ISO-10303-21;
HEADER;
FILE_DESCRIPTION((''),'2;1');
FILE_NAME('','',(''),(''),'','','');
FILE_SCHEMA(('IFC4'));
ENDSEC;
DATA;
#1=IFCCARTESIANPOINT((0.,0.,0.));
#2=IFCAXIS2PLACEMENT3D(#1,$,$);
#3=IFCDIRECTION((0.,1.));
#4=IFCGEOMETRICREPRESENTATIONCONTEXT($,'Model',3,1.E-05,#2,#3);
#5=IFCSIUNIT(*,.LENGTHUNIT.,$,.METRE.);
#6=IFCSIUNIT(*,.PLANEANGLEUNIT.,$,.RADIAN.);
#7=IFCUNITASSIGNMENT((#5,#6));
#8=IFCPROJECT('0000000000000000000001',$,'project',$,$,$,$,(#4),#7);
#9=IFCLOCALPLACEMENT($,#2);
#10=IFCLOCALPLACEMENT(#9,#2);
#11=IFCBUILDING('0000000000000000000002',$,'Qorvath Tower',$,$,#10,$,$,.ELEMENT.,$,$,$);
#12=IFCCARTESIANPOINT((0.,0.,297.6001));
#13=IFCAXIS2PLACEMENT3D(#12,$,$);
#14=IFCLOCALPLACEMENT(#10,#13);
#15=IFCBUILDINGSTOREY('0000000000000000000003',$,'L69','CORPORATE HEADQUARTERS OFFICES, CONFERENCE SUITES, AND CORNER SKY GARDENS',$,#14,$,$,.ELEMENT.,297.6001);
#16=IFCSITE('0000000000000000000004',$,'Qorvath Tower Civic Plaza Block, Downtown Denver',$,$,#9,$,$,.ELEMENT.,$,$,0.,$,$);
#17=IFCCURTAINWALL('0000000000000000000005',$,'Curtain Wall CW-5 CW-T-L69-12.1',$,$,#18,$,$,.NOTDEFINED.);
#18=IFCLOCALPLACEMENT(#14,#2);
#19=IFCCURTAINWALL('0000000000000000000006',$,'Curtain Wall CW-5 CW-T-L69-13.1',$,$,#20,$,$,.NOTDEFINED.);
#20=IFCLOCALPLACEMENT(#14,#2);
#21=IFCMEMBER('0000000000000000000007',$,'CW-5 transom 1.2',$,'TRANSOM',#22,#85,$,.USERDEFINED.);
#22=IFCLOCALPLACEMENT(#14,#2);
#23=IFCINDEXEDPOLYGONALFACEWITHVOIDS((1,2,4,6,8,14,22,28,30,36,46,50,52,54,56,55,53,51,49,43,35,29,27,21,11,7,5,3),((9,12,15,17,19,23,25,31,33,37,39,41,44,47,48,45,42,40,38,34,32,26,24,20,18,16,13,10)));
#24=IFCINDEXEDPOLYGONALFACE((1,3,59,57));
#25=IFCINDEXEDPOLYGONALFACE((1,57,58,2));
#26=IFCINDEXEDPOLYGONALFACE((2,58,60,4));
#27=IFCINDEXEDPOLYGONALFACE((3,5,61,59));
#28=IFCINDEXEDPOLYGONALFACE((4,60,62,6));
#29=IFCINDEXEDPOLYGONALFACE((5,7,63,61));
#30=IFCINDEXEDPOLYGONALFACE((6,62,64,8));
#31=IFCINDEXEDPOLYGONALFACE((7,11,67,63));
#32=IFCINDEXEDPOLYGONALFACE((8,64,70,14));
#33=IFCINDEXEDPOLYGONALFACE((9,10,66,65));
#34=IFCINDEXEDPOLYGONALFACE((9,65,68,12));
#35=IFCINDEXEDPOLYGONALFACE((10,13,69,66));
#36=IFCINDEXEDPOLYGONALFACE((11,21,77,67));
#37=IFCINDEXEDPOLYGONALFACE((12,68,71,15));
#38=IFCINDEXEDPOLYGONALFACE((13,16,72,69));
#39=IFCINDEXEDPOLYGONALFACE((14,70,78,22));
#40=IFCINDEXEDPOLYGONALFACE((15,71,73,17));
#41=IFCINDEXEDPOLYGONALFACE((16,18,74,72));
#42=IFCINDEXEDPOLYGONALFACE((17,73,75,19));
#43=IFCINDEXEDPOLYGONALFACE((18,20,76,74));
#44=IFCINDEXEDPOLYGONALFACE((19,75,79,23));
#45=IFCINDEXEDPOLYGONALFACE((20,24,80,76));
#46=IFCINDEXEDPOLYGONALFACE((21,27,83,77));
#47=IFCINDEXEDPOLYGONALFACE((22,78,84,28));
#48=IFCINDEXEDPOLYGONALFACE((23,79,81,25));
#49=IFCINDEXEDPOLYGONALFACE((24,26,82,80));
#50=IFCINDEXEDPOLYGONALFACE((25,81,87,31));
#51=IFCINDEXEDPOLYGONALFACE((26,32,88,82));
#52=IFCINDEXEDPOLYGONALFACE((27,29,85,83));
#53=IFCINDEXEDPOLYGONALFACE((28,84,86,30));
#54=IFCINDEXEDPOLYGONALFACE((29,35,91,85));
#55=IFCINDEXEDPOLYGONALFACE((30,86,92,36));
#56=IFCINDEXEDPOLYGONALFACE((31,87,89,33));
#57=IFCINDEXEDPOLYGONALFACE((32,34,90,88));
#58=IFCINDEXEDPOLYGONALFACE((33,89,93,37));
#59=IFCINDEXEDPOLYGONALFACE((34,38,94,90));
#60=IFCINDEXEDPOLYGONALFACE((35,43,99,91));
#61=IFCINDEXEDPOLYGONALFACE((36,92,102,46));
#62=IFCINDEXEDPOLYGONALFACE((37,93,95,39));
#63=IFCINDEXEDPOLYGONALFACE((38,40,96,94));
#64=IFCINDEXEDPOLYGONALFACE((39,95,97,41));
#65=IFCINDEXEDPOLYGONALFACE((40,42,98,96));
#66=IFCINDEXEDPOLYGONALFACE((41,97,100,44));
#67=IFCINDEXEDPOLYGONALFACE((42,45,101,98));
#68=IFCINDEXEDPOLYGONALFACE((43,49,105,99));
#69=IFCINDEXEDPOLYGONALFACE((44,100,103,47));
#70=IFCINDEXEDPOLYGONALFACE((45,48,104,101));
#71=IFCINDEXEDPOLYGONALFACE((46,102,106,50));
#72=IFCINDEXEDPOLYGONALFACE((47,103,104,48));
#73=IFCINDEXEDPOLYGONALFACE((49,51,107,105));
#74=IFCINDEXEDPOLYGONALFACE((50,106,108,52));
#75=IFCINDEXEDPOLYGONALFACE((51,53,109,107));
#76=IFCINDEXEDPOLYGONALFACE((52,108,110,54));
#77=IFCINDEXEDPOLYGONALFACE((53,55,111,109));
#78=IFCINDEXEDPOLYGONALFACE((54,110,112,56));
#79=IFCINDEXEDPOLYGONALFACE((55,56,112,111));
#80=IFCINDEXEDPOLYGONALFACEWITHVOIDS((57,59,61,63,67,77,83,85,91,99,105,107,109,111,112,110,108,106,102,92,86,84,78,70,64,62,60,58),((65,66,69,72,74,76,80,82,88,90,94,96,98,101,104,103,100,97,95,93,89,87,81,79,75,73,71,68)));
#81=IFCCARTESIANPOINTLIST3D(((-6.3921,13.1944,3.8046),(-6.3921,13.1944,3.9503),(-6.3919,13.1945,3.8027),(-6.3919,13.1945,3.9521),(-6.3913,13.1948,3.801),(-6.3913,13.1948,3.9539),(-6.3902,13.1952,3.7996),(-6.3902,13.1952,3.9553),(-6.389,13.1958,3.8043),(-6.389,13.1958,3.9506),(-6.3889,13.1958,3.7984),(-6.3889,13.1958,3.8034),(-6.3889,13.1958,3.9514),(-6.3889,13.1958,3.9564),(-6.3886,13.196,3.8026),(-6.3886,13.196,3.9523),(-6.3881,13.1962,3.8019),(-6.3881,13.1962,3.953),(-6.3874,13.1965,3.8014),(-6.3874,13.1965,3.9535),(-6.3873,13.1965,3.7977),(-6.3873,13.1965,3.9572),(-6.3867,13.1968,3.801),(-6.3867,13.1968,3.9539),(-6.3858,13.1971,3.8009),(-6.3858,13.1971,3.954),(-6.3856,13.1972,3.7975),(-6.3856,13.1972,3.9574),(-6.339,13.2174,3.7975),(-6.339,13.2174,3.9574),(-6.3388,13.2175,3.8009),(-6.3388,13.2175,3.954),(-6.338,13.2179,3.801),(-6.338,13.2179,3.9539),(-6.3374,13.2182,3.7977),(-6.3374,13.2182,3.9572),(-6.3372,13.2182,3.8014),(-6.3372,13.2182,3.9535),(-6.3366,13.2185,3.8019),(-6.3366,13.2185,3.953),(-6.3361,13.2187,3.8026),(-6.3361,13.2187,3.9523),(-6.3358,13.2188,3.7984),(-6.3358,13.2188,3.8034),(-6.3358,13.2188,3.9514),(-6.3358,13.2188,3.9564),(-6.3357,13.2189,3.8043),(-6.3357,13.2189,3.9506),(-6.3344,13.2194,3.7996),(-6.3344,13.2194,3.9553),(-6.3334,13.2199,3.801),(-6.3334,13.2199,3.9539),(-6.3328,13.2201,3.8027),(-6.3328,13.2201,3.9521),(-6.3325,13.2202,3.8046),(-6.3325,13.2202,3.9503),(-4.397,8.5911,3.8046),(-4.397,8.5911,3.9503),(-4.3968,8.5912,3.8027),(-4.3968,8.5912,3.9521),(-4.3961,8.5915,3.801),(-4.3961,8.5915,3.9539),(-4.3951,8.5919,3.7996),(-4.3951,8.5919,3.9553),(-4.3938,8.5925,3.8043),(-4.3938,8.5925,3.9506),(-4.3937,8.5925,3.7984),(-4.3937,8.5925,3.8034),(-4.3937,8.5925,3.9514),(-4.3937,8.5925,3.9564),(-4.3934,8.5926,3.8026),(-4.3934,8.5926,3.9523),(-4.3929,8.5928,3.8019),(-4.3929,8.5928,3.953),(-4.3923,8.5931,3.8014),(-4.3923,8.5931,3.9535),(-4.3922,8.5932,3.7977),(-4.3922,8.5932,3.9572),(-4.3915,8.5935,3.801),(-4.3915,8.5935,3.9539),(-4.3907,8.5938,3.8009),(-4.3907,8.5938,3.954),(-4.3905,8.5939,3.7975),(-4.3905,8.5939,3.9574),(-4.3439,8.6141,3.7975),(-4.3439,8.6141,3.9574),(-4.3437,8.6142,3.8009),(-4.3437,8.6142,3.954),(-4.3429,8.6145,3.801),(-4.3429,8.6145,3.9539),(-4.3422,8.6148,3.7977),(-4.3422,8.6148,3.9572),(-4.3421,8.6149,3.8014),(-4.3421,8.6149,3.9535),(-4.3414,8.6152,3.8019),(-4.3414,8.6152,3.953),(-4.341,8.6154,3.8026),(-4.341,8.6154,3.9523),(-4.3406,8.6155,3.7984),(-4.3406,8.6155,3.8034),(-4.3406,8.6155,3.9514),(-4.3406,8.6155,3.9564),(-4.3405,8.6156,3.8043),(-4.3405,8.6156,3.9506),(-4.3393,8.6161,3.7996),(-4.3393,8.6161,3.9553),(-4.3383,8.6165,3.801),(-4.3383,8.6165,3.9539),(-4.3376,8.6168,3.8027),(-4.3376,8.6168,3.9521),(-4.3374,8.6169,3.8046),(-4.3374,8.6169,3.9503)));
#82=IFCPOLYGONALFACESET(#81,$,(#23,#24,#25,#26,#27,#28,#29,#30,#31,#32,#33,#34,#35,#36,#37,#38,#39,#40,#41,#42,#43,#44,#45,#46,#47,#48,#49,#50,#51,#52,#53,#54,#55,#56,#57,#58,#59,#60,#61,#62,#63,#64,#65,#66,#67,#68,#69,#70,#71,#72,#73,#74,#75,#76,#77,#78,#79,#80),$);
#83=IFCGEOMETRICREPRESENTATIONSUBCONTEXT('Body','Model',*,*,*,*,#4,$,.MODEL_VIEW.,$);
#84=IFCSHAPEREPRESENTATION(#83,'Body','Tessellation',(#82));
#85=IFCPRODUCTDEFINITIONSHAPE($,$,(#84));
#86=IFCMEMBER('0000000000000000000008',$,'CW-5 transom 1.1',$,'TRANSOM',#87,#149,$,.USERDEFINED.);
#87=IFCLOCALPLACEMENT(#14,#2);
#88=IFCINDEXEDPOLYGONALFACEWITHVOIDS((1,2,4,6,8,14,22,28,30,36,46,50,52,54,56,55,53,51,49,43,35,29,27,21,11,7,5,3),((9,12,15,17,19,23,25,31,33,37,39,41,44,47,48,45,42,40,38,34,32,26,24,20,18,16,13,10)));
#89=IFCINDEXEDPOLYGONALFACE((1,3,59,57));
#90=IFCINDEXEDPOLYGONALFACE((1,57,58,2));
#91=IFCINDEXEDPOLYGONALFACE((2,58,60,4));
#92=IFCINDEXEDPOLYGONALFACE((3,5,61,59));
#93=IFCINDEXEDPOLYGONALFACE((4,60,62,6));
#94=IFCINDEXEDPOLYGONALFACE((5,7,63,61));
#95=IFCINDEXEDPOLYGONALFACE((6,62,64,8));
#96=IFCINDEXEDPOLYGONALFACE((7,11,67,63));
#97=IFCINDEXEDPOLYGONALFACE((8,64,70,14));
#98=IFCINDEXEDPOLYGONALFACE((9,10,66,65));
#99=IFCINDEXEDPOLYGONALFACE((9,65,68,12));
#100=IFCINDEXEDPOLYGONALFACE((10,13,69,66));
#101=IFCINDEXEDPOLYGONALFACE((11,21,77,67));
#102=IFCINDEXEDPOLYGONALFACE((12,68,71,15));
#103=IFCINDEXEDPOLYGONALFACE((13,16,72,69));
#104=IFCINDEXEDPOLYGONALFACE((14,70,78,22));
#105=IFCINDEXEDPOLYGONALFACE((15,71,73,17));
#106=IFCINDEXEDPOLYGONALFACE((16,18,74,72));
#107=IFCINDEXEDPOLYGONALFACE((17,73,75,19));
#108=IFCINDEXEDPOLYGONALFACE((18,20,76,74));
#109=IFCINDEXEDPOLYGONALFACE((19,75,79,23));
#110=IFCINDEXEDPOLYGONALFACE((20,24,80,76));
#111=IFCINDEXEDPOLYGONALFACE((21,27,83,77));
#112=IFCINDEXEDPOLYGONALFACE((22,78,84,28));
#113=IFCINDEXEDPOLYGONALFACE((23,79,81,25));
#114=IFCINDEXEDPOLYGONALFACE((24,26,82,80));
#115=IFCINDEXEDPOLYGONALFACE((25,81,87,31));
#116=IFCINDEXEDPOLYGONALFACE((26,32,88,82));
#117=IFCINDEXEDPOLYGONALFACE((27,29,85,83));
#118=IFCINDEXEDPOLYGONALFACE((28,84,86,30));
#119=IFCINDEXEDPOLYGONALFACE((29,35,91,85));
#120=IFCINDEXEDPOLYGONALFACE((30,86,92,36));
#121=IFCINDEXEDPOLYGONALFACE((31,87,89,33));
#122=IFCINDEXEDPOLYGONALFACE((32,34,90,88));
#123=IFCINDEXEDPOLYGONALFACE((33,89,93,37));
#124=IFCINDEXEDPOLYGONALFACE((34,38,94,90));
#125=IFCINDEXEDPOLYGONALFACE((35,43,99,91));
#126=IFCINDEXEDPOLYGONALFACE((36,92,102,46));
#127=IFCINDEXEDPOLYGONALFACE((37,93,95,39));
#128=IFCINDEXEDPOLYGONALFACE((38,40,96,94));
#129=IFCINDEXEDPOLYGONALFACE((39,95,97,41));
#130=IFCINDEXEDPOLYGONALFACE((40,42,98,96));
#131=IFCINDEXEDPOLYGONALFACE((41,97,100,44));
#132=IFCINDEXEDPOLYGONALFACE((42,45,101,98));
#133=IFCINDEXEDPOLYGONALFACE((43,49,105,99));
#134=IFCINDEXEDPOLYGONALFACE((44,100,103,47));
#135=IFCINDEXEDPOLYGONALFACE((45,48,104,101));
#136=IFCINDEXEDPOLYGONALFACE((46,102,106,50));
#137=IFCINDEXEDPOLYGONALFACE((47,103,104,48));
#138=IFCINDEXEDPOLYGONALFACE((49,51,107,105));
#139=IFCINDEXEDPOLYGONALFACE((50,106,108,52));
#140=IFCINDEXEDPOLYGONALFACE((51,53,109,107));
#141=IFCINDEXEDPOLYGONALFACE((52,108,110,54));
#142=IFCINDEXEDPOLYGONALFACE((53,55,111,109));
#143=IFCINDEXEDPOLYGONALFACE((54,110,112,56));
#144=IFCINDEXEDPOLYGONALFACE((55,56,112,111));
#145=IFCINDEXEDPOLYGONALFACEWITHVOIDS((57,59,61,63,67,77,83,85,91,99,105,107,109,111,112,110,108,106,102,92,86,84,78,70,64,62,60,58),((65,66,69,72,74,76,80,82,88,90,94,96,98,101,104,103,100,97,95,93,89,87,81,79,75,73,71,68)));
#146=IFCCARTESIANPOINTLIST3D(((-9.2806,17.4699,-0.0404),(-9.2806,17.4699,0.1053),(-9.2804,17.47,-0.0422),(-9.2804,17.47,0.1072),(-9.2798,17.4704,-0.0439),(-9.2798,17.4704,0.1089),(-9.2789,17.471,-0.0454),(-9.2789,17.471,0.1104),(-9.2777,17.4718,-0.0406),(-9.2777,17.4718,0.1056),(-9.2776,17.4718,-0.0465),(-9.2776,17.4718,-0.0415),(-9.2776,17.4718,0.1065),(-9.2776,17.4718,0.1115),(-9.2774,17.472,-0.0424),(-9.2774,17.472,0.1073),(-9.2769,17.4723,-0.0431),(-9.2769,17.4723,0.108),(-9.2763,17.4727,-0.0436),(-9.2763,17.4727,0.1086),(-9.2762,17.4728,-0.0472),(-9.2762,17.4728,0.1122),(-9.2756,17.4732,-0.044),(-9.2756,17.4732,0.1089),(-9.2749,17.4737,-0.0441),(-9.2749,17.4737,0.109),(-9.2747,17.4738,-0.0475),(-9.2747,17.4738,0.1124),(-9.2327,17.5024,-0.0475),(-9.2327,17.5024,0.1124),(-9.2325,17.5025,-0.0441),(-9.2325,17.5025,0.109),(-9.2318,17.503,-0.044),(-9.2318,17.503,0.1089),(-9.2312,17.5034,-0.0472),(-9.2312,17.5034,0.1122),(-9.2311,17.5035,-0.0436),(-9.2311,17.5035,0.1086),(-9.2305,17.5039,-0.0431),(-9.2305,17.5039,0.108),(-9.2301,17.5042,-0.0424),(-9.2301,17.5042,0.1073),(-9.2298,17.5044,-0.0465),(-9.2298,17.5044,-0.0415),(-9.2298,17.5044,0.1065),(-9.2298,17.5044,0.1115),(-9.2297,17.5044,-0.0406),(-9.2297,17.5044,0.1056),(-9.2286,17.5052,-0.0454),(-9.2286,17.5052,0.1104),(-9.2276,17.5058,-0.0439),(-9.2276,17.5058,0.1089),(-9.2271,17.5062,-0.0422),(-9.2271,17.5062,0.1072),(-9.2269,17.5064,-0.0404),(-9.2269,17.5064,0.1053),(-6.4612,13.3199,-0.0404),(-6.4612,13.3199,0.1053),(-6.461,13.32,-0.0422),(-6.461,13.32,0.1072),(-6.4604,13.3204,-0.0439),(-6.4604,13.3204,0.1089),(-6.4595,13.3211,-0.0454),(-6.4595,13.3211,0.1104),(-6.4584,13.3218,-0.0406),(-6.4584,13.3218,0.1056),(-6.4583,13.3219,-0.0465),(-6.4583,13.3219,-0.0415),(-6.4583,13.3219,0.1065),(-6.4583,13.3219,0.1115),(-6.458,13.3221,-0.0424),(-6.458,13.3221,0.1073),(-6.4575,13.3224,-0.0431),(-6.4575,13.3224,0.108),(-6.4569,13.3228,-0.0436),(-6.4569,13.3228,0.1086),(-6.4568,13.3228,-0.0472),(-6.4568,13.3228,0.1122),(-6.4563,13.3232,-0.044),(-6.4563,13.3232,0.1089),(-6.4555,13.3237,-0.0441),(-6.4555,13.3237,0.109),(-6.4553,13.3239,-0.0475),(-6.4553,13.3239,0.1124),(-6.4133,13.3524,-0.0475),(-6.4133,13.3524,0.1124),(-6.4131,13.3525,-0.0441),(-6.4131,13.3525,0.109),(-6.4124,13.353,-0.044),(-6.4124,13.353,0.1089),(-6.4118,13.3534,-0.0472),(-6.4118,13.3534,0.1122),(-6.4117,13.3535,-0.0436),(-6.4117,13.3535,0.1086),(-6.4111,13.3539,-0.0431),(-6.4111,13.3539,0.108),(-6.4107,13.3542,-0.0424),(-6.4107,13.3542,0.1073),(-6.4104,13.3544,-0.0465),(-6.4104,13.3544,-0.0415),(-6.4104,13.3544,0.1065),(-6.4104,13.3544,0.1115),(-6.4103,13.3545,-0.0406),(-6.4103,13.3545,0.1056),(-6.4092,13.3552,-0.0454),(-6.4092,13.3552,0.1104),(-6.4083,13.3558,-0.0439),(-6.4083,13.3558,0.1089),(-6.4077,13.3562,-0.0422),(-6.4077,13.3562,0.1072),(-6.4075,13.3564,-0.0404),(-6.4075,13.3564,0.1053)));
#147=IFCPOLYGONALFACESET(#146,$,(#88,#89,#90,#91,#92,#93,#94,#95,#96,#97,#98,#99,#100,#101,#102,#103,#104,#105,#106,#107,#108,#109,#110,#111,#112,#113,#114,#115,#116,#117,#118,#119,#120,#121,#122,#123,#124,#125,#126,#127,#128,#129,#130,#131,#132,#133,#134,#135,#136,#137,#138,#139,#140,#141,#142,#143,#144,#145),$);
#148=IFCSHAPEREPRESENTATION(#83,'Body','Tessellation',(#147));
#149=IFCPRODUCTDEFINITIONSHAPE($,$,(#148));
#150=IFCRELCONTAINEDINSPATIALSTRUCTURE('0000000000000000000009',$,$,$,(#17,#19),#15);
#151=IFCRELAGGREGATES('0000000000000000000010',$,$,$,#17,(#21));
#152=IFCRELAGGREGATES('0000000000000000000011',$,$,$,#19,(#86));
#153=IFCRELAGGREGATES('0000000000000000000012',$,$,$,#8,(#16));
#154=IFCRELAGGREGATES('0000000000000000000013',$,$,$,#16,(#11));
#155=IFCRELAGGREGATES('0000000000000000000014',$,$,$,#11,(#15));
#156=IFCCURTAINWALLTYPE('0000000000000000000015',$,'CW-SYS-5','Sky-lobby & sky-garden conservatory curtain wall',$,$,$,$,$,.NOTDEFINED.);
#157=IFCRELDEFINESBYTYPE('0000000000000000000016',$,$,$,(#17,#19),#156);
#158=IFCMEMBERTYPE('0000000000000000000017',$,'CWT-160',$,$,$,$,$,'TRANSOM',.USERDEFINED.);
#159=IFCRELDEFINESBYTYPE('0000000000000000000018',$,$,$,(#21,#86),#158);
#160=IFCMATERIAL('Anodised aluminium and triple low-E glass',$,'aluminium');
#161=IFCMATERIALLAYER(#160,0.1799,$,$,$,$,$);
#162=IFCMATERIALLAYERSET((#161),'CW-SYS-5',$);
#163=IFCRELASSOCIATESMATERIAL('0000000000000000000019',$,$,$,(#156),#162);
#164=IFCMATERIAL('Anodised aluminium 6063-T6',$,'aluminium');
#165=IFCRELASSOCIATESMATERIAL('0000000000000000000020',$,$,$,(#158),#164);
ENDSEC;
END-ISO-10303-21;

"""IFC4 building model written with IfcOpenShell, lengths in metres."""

from ifc_helpers import new_model, si_unit, direction, frame, origin, origin_2d, place, context, subcontext, project, spatial, hollow_rectangle, extrude, material, layer, layer_set, material_profile, profile_set, type_object, element, aggregate, save


model = new_model("IFC4")

# Units and contexts
model_context = context("Model", 3, precision=1e-05, world=origin(), true_north=direction((0.0, 1.0)))
body_context = subcontext(model_context, "Body", "Model", "MODEL_VIEW")
ifc_project = project(units=[si_unit("LENGTHUNIT", "METRE"), si_unit("PLANEANGLEUNIT", "RADIAN")], contexts=[model_context])

# Site, building, storey
site_placement = place(None, origin())
site = spatial("IfcSite", under=ifc_project, at=site_placement, Name="Qorvath Tower Civic Plaza Block, Downtown Denver", CompositionType="ELEMENT", RefElevation=0.0)
building_placement = place(site_placement, origin())
building = spatial("IfcBuilding", under=site, at=building_placement, Name="Qorvath Tower", CompositionType="ELEMENT")
storey_placement = place(building_placement, frame((0.0, 0.0, 297.6001)))
storey = spatial("IfcBuildingStorey", under=building, at=storey_placement, Name="L69", Description="CORPORATE HEADQUARTERS OFFICES, CONFERENCE SUITES, AND CORNER SKY GARDENS", CompositionType="ELEMENT", Elevation=297.6001)

# Curtain walls
ifc_material_1 = material(Name="Anodised aluminium and triple low-E glass", Category="aluminium")
ifc_layer_1 = layer(ifc_material_1, 0.1799)
ifc_layer_set_1 = layer_set([ifc_layer_1], Name="CW-SYS-5")
curtain_wall_type = type_object("IfcCurtainWallType", Name="CW-SYS-5", Description="Sky-lobby & sky-garden conservatory curtain wall", PredefinedType="NOTDEFINED", material=ifc_layer_set_1)
curtain_wall_1_placement = place(storey_placement, origin())
curtain_wall_1 = element("IfcCurtainWall", 1, at=curtain_wall_1_placement, inside=storey, type_object=curtain_wall_type, Name="Curtain Wall CW-5 CW-T-L69-12.1", PredefinedType="NOTDEFINED")
curtain_wall_2_placement = place(storey_placement, origin())
curtain_wall_2 = element("IfcCurtainWall", 2, at=curtain_wall_2_placement, inside=storey, type_object=curtain_wall_type, Name="Curtain Wall CW-5 CW-T-L69-13.1", PredefinedType="NOTDEFINED")

# Members
ifc_material_2 = material(Name="Anodised aluminium 6063-T6", Category="aluminium")
ifc_material_profile_1 = material_profile(ifc_material_2, hollow_rectangle(XDim=0.0649, YDim=0.1599, WallThickness=0.0034, InnerFilletRadius=0.0034, OuterFilletRadius=0.0071, at=origin_2d()), Name="CWT 160x65")
ifc_profile_set_1 = profile_set([ifc_material_profile_1], Name="Anodised aluminium 6063-T6")
member_type_1 = type_object("IfcMemberType", Name="CWT-160", ElementType="TRANSOM", PredefinedType="USERDEFINED", material=ifc_profile_set_1)
member_1_placement = place(storey_placement, frame((-4.3672, 8.604, 3.8774), z_axis=(-0.397669, 0.917529, 0.0), x_axis=(-0.917529, -0.397669, 0.0)))
member_1 = element("IfcMember", 3, at=member_1_placement, type_object=member_type_1, Name="CW-5 transom 1.2", ObjectType="TRANSOM", PredefinedType="USERDEFINED", context=body_context, shape_type="SweptSolid", body=[
    extrude(hollow_rectangle(XDim=0.0649, YDim=0.1599, WallThickness=0.0034, InnerFilletRadius=0.0034, OuterFilletRadius=0.0071, at=origin_2d()), origin(), (0.0, 0.0, 1.0), 5.0171),
])
member_2_placement = place(storey_placement, frame((-6.4343, 13.3381, 0.0325), z_axis=(-0.561956, 0.827167, 0.0), x_axis=(-0.827167, -0.561956, 0.0)))
member_2 = element("IfcMember", 4, at=member_2_placement, type_object=member_type_1, Name="CW-5 transom 1.1", ObjectType="TRANSOM", PredefinedType="USERDEFINED", context=body_context, shape_type="SweptSolid", body=[
    extrude(hollow_rectangle(XDim=0.0649, YDim=0.1599, WallThickness=0.0034, InnerFilletRadius=0.0034, OuterFilletRadius=0.0071, at=origin_2d()), origin(), (0.0, 0.0, 1.0), 5.0171),
])

aggregate(curtain_wall_1, [member_1])
aggregate(curtain_wall_2, [member_2])

save(model, "model.ifc")
